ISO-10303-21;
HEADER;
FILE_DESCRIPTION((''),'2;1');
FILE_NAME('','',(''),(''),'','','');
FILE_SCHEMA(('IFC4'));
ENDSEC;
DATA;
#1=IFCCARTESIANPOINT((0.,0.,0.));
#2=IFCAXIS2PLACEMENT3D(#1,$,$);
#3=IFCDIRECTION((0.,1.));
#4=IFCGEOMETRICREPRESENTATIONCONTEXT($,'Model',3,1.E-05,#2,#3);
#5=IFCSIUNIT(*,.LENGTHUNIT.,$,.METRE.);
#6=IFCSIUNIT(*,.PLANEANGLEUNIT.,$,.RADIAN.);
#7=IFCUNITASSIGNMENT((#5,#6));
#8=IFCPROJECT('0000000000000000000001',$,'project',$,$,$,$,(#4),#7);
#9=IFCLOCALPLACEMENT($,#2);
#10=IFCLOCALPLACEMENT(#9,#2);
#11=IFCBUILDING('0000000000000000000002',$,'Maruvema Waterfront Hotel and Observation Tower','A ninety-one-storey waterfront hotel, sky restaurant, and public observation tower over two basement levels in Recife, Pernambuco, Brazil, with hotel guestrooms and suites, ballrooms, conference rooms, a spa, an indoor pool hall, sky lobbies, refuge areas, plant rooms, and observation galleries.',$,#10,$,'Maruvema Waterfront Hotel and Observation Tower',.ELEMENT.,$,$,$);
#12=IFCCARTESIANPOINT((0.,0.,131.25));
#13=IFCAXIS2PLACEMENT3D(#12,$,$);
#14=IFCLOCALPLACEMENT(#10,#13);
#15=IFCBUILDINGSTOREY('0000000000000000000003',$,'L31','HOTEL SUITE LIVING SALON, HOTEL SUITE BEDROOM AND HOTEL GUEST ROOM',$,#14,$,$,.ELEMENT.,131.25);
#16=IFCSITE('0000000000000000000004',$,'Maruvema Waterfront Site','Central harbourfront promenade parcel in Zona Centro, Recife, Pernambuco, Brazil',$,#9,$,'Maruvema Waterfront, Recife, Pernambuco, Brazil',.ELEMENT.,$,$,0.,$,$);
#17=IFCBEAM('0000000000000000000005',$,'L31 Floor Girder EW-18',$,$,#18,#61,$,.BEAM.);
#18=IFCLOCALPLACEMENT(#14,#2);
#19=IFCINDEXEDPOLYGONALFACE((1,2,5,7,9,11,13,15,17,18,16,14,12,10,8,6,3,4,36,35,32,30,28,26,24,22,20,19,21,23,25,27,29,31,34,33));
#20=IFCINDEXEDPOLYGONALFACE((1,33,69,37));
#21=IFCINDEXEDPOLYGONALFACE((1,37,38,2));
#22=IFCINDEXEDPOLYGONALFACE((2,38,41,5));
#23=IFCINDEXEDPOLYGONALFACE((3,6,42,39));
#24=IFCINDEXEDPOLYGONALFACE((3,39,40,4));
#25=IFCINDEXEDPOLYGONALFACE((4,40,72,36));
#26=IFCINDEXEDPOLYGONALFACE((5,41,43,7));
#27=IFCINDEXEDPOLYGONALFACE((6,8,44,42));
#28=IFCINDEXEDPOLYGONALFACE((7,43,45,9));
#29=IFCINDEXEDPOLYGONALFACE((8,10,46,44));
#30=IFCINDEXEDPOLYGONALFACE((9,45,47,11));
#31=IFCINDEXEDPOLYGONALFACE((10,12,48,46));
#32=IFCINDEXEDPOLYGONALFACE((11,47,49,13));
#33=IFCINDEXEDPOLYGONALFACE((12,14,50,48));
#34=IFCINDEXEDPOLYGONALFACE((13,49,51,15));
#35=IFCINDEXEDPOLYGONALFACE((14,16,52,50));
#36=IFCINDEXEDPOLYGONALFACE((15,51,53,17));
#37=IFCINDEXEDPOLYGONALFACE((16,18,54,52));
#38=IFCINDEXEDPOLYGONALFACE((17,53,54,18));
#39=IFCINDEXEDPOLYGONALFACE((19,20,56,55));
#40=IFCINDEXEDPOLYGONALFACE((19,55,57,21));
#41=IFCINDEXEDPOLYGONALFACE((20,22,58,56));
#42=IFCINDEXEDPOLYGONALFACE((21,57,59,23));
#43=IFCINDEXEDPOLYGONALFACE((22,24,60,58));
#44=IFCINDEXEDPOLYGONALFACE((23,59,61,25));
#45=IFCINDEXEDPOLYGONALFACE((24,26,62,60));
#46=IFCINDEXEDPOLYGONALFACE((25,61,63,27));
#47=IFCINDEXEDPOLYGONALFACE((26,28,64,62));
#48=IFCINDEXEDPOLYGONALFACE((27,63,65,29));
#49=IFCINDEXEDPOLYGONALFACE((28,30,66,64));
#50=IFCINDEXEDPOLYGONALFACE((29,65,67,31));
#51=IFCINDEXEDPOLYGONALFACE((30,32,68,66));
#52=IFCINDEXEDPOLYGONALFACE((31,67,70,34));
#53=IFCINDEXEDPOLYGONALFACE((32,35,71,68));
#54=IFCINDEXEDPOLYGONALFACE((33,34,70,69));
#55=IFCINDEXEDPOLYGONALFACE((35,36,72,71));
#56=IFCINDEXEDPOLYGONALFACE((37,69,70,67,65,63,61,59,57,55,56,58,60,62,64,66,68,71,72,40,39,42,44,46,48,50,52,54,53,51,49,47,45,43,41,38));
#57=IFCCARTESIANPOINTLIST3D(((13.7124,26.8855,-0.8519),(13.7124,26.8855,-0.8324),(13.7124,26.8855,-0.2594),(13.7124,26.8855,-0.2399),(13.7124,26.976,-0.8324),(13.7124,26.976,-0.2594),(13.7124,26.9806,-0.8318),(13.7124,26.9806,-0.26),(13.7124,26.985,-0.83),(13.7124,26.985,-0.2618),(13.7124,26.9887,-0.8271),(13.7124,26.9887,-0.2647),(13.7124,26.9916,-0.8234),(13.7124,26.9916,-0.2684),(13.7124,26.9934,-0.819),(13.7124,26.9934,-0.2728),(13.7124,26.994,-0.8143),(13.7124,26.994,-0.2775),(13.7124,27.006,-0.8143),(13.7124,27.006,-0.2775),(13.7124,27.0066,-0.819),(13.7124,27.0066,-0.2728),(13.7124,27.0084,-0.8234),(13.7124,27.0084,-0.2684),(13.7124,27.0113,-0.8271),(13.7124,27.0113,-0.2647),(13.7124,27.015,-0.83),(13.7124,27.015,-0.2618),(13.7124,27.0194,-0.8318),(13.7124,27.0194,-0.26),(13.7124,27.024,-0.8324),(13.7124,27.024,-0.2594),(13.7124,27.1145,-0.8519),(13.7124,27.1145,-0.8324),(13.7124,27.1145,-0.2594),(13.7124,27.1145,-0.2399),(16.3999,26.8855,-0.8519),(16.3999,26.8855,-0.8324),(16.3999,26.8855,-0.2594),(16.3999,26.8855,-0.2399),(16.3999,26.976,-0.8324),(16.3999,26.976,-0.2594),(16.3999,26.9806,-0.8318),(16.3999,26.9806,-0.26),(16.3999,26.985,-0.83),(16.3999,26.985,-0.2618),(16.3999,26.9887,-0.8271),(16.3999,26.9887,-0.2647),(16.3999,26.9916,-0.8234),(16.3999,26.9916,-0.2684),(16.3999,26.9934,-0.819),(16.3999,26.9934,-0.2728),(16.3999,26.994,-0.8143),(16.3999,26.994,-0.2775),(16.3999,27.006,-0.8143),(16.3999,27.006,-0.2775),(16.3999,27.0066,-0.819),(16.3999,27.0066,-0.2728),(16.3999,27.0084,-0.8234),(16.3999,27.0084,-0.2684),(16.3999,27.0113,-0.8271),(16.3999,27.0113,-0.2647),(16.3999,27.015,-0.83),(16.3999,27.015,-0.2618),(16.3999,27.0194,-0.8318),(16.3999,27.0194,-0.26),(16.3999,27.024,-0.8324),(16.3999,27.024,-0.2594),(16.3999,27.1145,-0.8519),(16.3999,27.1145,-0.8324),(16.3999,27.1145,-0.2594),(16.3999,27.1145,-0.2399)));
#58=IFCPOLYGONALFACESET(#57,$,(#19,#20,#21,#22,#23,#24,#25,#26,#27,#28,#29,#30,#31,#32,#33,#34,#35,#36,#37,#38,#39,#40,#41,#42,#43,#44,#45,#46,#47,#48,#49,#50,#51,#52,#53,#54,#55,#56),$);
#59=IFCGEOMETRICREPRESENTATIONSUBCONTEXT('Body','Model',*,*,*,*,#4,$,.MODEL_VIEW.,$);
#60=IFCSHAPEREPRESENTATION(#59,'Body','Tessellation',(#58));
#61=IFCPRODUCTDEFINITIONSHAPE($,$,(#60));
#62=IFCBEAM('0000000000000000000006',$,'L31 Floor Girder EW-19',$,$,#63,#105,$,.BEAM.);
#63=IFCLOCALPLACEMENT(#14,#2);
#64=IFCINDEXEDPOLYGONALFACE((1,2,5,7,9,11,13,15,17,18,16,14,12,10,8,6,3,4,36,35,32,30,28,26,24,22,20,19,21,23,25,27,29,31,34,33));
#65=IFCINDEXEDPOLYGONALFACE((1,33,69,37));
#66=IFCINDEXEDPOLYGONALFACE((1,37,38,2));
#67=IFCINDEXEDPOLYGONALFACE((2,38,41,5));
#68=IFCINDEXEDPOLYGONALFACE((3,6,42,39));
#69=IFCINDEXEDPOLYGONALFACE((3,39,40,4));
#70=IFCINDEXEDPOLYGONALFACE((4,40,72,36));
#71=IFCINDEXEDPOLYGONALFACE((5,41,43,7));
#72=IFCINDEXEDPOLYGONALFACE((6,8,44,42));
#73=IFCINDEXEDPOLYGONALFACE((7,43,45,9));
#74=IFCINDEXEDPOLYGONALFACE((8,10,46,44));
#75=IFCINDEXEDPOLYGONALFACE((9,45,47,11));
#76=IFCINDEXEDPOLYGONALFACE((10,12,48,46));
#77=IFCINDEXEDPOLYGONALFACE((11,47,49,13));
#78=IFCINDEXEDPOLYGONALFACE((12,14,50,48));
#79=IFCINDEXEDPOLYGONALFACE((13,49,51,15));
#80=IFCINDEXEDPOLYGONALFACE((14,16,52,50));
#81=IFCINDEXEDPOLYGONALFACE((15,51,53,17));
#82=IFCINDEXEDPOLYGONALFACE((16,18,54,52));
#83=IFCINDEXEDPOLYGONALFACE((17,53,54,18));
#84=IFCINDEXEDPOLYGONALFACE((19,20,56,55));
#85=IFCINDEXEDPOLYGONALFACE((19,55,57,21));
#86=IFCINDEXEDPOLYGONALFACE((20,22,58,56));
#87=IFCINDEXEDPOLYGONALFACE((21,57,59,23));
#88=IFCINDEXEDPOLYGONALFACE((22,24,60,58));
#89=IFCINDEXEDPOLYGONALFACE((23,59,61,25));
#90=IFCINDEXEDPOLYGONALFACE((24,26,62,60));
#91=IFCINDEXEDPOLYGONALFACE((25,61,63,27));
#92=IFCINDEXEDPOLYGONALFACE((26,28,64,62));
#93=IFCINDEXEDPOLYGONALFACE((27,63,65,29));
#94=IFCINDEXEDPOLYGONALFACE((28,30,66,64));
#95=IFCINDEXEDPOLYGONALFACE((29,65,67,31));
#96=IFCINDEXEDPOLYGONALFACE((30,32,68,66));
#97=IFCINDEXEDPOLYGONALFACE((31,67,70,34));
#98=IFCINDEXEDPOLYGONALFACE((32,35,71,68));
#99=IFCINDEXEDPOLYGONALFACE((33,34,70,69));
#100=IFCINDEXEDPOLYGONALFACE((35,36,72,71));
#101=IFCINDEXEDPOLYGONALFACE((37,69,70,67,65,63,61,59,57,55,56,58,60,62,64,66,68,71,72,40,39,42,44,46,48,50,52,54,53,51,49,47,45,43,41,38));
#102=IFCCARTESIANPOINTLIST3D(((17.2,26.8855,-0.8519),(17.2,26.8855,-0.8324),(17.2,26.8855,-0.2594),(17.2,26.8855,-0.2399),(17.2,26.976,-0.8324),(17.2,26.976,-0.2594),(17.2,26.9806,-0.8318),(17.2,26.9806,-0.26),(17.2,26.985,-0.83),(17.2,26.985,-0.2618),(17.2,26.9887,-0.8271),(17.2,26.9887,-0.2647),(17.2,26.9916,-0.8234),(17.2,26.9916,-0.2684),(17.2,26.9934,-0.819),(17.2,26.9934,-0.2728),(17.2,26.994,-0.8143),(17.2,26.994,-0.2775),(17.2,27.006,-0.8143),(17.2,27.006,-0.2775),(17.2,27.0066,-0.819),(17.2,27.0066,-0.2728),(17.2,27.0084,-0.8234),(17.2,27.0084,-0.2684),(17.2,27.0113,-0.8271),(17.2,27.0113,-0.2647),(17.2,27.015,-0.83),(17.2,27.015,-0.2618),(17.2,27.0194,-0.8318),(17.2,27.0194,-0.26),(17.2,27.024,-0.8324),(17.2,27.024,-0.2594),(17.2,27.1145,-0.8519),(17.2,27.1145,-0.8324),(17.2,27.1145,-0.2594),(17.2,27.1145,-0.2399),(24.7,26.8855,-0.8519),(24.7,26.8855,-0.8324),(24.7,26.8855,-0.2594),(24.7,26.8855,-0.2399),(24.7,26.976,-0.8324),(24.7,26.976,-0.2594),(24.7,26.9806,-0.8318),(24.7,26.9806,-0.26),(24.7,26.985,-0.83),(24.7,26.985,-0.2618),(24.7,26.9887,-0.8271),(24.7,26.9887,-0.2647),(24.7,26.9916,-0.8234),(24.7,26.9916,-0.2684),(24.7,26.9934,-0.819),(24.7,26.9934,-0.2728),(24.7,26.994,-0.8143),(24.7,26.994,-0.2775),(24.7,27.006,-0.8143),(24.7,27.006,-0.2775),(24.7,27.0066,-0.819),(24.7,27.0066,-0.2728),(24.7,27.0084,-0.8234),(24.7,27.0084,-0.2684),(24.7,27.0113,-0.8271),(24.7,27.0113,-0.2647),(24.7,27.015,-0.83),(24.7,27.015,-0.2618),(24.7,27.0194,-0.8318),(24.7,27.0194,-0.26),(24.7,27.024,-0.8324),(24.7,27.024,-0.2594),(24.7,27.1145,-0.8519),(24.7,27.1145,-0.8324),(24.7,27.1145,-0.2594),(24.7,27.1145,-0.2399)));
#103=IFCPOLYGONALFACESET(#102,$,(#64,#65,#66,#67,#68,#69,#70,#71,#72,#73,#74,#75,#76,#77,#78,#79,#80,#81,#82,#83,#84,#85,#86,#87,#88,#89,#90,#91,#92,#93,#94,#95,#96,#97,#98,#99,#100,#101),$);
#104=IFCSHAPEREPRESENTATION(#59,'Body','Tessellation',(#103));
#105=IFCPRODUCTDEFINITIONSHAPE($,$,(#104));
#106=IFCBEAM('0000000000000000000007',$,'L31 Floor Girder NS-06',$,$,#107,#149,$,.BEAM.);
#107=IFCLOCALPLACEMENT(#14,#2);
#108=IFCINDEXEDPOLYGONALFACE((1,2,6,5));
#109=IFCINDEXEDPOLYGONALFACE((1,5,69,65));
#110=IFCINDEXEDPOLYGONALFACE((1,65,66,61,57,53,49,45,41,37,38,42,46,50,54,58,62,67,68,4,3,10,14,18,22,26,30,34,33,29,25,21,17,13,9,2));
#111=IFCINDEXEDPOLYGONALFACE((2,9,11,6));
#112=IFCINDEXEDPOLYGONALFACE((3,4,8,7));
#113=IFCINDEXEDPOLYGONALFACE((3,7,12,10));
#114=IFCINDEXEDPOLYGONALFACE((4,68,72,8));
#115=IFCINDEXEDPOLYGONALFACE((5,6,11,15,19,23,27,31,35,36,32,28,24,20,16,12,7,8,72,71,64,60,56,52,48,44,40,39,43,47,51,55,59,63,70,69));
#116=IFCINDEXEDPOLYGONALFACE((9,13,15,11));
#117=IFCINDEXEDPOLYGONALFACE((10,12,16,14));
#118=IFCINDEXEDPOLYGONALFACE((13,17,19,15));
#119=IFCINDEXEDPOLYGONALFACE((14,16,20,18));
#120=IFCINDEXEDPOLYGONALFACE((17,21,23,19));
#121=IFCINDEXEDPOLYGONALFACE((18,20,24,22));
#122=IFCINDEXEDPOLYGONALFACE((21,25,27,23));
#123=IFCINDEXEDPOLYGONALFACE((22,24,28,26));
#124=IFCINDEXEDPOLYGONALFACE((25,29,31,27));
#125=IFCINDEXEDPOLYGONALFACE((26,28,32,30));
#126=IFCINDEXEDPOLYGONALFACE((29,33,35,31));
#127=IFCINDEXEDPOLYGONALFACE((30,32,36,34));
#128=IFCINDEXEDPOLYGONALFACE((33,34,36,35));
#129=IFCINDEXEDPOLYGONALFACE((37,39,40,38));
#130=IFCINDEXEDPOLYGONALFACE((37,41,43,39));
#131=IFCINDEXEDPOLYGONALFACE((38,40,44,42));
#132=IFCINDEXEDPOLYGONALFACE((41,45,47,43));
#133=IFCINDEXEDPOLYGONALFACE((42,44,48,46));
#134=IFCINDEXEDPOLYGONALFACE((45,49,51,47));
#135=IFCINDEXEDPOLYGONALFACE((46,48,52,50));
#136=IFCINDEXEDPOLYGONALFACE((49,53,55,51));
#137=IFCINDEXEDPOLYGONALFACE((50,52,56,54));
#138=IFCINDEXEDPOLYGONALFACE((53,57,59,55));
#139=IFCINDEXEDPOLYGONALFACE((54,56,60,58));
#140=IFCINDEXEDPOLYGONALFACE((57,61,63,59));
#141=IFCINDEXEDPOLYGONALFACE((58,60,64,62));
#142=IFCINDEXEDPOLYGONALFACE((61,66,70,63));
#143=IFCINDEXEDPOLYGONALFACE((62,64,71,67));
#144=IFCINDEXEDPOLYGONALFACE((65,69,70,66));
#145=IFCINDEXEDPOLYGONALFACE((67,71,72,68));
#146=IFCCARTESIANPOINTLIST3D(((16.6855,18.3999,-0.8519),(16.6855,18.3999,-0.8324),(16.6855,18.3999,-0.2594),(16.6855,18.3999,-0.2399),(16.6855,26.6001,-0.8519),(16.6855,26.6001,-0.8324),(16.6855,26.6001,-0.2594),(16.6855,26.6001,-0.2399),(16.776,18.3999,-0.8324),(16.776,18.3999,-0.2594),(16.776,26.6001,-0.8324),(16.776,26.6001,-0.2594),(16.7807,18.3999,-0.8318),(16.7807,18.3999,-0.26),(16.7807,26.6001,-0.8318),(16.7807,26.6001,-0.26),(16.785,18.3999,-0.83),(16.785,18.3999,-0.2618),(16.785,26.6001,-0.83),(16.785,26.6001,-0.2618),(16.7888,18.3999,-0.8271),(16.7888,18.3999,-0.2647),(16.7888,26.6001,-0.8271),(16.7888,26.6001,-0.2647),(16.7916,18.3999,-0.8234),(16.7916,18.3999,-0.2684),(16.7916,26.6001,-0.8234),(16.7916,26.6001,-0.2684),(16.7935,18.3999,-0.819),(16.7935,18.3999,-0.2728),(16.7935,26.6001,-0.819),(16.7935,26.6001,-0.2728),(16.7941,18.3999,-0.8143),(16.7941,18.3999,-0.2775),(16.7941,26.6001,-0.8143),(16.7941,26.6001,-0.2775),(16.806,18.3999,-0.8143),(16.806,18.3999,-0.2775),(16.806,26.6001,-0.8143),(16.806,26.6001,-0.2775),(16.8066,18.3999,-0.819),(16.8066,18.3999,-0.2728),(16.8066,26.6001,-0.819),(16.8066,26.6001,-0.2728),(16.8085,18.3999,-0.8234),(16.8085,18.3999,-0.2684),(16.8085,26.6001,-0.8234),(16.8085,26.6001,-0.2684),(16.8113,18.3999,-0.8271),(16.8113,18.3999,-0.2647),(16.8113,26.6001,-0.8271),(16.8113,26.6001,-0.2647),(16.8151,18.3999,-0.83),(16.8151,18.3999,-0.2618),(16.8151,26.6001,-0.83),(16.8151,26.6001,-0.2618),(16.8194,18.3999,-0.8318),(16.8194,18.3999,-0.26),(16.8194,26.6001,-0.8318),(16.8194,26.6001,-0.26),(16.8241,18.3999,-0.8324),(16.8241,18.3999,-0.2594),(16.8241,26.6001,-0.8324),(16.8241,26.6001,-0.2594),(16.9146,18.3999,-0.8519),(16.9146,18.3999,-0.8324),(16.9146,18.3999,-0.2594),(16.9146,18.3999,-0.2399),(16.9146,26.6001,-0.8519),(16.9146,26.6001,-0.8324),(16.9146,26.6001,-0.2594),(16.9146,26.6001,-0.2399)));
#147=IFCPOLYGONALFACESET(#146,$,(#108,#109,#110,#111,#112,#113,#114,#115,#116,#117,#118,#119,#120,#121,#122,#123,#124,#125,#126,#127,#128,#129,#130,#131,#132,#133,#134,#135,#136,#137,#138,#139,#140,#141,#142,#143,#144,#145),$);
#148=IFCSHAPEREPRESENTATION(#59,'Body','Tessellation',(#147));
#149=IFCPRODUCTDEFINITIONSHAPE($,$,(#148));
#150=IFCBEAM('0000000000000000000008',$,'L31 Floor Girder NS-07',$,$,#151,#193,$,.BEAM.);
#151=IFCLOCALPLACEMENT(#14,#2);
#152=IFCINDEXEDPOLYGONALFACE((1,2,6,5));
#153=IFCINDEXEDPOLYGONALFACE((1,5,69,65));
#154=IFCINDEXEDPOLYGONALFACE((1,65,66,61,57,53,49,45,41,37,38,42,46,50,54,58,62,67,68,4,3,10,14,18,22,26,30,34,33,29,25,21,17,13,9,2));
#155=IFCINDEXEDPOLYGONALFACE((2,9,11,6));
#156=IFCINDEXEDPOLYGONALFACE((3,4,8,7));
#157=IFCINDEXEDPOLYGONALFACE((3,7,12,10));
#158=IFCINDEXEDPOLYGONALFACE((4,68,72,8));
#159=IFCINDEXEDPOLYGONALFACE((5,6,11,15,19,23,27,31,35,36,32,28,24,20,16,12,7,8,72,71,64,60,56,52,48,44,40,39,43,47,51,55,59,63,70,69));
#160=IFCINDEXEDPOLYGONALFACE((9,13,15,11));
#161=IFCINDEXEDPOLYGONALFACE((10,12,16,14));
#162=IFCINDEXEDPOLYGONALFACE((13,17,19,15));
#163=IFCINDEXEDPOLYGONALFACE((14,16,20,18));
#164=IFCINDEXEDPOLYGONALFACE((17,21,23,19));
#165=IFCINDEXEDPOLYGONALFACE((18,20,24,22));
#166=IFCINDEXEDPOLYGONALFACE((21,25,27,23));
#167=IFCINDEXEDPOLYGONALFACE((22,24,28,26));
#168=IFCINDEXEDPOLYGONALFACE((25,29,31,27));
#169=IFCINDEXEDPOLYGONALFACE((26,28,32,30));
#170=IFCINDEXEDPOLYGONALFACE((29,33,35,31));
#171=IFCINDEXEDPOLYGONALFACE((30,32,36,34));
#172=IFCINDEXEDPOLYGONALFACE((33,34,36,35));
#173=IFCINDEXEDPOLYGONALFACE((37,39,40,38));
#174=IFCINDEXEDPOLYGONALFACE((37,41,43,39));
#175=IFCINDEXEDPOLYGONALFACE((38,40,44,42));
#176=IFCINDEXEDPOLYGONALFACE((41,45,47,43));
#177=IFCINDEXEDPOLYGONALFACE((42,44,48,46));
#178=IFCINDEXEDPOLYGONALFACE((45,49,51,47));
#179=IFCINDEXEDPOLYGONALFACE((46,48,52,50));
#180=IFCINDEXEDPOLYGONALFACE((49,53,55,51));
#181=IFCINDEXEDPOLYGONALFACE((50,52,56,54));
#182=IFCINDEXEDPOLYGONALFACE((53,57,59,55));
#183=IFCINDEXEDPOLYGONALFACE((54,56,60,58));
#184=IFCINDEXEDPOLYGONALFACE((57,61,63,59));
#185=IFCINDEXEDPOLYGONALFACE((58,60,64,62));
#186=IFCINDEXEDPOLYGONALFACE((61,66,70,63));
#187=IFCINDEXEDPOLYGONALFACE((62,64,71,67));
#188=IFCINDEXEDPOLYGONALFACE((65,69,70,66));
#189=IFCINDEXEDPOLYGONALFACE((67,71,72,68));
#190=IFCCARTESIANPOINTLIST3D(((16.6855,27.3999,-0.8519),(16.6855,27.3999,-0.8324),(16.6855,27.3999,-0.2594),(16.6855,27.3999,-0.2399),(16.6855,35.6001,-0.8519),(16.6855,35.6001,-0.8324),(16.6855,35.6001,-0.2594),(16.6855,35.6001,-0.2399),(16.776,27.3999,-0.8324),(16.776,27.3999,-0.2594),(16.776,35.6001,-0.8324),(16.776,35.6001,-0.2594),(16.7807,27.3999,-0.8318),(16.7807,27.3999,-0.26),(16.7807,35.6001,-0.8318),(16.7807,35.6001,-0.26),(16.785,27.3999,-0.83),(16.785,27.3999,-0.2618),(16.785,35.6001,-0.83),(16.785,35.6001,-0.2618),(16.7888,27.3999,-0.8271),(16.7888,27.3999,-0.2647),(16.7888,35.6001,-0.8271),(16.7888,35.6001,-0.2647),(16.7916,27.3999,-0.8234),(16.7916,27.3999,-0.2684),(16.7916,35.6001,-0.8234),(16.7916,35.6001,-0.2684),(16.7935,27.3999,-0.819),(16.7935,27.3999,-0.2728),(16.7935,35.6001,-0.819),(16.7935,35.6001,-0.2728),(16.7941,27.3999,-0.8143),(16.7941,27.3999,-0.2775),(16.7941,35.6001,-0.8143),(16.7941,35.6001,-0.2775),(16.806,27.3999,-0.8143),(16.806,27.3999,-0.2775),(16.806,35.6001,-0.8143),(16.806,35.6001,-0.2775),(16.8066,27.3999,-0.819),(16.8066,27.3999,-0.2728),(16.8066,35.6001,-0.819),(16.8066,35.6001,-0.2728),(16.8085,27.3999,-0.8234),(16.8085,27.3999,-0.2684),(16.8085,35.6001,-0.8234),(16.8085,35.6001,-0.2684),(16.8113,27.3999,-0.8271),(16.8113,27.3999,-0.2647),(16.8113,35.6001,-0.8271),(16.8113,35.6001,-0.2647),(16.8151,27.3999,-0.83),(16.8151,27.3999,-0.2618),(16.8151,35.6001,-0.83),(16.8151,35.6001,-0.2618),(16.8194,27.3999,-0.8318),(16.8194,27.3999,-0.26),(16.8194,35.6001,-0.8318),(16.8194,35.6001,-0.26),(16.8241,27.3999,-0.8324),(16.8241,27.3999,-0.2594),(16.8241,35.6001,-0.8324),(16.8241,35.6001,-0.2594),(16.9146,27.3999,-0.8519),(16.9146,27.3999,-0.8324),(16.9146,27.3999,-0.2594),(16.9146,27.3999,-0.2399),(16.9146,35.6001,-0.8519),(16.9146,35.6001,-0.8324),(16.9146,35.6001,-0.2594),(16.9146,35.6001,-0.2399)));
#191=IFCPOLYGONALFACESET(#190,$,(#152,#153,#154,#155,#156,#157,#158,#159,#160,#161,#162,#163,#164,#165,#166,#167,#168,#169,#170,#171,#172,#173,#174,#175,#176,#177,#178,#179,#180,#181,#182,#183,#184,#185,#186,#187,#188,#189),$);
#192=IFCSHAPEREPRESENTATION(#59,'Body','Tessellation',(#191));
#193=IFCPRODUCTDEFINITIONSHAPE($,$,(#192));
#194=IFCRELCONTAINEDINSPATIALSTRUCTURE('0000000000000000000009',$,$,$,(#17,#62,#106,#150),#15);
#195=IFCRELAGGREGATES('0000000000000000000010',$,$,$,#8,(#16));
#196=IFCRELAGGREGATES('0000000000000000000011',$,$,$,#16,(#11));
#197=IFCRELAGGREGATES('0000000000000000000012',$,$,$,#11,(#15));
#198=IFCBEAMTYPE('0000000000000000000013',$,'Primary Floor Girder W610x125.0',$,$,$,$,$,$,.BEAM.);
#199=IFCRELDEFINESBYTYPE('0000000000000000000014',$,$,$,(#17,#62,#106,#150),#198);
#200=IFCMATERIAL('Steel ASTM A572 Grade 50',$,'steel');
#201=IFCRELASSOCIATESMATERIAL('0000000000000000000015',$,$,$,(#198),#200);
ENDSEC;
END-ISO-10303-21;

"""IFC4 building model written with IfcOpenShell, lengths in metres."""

from ifc_helpers import new_model, si_unit, direction, frame, origin, origin_2d, place, context, subcontext, project, spatial, i_section, extrude, material, material_profile, profile_set, type_object, element, save


model = new_model("IFC4")

# Units and contexts
model_context = context("Model", 3, precision=1e-05, world=origin(), true_north=direction((0.0, 1.0)))
body_context = subcontext(model_context, "Body", "Model", "MODEL_VIEW")
ifc_project = project(units=[si_unit("LENGTHUNIT", "METRE"), si_unit("PLANEANGLEUNIT", "RADIAN")], contexts=[model_context])

# Site, building, storey
site_placement = place(None, origin())
site = spatial("IfcSite", under=ifc_project, at=site_placement, Name="Maruvema Waterfront Site", Description="Central harbourfront promenade parcel in Zona Centro, Recife, Pernambuco, Brazil", LongName="Maruvema Waterfront, Recife, Pernambuco, Brazil", CompositionType="ELEMENT", RefElevation=0.0)
building_placement = place(site_placement, origin())
building = spatial("IfcBuilding", under=site, at=building_placement, Name="Maruvema Waterfront Hotel and Observation Tower", Description="A ninety-one-storey waterfront hotel, sky restaurant, and public observation tower over two basement levels in Recife, Pernambuco, Brazil, with hotel guestrooms and suites, ballrooms, conference rooms, a spa, an indoor pool hall, sky lobbies, refuge areas, plant rooms, and observation galleries.", LongName="Maruvema Waterfront Hotel and Observation Tower", CompositionType="ELEMENT")
storey_placement = place(building_placement, frame((0.0, 0.0, 131.25)))
storey = spatial("IfcBuildingStorey", under=building, at=storey_placement, Name="L31", Description="HOTEL SUITE LIVING SALON, HOTEL SUITE BEDROOM AND HOTEL GUEST ROOM", CompositionType="ELEMENT", Elevation=131.25)

# Beams
ifc_material_1 = material(Name="Steel ASTM A572 Grade 50", Category="steel")
ifc_material_profile_1 = material_profile(ifc_material_1, i_section(OverallWidth=0.229, OverallDepth=0.6121, WebThickness=0.012, FlangeThickness=0.0195, FilletRadius=0.0181, at=origin_2d()), Name="W610x125.0")
ifc_profile_set_1 = profile_set([ifc_material_profile_1], Name="Steel ASTM A572 Grade 50")
beam_type_1 = type_object("IfcBeamType", Name="Primary Floor Girder W610x125.0", PredefinedType="BEAM", material=ifc_profile_set_1)
beam_1_placement = place(storey_placement, frame((13.7124, 27.0, -0.5459), z_axis=(1.0, 0.0, 0.0), x_axis=(0.0, 1.0, 0.0)))
element("IfcBeam", 1, at=beam_1_placement, inside=storey, type_object=beam_type_1, Name="L31 Floor Girder EW-18", PredefinedType="BEAM", context=body_context, shape_type="SweptSolid", body=[
    extrude(i_section(OverallWidth=0.229, OverallDepth=0.6121, WebThickness=0.012, FlangeThickness=0.0195, FilletRadius=0.0181, at=origin_2d()), origin(), (0.0, 0.0, 1.0), 2.6875),
])
beam_2_placement = place(storey_placement, frame((17.2, 27.0, -0.5459), z_axis=(1.0, 0.0, 0.0), x_axis=(0.0, 1.0, 0.0)))
element("IfcBeam", 2, at=beam_2_placement, inside=storey, type_object=beam_type_1, Name="L31 Floor Girder EW-19", PredefinedType="BEAM", context=body_context, shape_type="SweptSolid", body=[
    extrude(i_section(OverallWidth=0.229, OverallDepth=0.6121, WebThickness=0.012, FlangeThickness=0.0195, FilletRadius=0.0181, at=origin_2d()), origin(), (0.0, 0.0, 1.0), 7.5),
])
for number, where, z_axis, x_axis, name in (
    (3, (16.8, 18.3999, -0.5459), (0.0, 1.0, 0.0), (-1.0, 0.0, 0.0), "L31 Floor Girder NS-06"),
    (4, (16.8, 27.3999, -0.5459), (0.0, 1.0, 0.0), (-1.0, 0.0, 0.0), "L31 Floor Girder NS-07"),
):
    element("IfcBeam", number, at=place(storey_placement, frame(where, z_axis=z_axis, x_axis=x_axis)), inside=storey, type_object=beam_type_1, Name=name, PredefinedType="BEAM", context=body_context, shape_type="SweptSolid", body=[
        extrude(i_section(OverallWidth=0.229, OverallDepth=0.6121, WebThickness=0.012, FlangeThickness=0.0195, FilletRadius=0.0181, at=origin_2d()), origin(), (0.0, 0.0, 1.0), 8.2002),
    ])

save(model, "model.ifc")
